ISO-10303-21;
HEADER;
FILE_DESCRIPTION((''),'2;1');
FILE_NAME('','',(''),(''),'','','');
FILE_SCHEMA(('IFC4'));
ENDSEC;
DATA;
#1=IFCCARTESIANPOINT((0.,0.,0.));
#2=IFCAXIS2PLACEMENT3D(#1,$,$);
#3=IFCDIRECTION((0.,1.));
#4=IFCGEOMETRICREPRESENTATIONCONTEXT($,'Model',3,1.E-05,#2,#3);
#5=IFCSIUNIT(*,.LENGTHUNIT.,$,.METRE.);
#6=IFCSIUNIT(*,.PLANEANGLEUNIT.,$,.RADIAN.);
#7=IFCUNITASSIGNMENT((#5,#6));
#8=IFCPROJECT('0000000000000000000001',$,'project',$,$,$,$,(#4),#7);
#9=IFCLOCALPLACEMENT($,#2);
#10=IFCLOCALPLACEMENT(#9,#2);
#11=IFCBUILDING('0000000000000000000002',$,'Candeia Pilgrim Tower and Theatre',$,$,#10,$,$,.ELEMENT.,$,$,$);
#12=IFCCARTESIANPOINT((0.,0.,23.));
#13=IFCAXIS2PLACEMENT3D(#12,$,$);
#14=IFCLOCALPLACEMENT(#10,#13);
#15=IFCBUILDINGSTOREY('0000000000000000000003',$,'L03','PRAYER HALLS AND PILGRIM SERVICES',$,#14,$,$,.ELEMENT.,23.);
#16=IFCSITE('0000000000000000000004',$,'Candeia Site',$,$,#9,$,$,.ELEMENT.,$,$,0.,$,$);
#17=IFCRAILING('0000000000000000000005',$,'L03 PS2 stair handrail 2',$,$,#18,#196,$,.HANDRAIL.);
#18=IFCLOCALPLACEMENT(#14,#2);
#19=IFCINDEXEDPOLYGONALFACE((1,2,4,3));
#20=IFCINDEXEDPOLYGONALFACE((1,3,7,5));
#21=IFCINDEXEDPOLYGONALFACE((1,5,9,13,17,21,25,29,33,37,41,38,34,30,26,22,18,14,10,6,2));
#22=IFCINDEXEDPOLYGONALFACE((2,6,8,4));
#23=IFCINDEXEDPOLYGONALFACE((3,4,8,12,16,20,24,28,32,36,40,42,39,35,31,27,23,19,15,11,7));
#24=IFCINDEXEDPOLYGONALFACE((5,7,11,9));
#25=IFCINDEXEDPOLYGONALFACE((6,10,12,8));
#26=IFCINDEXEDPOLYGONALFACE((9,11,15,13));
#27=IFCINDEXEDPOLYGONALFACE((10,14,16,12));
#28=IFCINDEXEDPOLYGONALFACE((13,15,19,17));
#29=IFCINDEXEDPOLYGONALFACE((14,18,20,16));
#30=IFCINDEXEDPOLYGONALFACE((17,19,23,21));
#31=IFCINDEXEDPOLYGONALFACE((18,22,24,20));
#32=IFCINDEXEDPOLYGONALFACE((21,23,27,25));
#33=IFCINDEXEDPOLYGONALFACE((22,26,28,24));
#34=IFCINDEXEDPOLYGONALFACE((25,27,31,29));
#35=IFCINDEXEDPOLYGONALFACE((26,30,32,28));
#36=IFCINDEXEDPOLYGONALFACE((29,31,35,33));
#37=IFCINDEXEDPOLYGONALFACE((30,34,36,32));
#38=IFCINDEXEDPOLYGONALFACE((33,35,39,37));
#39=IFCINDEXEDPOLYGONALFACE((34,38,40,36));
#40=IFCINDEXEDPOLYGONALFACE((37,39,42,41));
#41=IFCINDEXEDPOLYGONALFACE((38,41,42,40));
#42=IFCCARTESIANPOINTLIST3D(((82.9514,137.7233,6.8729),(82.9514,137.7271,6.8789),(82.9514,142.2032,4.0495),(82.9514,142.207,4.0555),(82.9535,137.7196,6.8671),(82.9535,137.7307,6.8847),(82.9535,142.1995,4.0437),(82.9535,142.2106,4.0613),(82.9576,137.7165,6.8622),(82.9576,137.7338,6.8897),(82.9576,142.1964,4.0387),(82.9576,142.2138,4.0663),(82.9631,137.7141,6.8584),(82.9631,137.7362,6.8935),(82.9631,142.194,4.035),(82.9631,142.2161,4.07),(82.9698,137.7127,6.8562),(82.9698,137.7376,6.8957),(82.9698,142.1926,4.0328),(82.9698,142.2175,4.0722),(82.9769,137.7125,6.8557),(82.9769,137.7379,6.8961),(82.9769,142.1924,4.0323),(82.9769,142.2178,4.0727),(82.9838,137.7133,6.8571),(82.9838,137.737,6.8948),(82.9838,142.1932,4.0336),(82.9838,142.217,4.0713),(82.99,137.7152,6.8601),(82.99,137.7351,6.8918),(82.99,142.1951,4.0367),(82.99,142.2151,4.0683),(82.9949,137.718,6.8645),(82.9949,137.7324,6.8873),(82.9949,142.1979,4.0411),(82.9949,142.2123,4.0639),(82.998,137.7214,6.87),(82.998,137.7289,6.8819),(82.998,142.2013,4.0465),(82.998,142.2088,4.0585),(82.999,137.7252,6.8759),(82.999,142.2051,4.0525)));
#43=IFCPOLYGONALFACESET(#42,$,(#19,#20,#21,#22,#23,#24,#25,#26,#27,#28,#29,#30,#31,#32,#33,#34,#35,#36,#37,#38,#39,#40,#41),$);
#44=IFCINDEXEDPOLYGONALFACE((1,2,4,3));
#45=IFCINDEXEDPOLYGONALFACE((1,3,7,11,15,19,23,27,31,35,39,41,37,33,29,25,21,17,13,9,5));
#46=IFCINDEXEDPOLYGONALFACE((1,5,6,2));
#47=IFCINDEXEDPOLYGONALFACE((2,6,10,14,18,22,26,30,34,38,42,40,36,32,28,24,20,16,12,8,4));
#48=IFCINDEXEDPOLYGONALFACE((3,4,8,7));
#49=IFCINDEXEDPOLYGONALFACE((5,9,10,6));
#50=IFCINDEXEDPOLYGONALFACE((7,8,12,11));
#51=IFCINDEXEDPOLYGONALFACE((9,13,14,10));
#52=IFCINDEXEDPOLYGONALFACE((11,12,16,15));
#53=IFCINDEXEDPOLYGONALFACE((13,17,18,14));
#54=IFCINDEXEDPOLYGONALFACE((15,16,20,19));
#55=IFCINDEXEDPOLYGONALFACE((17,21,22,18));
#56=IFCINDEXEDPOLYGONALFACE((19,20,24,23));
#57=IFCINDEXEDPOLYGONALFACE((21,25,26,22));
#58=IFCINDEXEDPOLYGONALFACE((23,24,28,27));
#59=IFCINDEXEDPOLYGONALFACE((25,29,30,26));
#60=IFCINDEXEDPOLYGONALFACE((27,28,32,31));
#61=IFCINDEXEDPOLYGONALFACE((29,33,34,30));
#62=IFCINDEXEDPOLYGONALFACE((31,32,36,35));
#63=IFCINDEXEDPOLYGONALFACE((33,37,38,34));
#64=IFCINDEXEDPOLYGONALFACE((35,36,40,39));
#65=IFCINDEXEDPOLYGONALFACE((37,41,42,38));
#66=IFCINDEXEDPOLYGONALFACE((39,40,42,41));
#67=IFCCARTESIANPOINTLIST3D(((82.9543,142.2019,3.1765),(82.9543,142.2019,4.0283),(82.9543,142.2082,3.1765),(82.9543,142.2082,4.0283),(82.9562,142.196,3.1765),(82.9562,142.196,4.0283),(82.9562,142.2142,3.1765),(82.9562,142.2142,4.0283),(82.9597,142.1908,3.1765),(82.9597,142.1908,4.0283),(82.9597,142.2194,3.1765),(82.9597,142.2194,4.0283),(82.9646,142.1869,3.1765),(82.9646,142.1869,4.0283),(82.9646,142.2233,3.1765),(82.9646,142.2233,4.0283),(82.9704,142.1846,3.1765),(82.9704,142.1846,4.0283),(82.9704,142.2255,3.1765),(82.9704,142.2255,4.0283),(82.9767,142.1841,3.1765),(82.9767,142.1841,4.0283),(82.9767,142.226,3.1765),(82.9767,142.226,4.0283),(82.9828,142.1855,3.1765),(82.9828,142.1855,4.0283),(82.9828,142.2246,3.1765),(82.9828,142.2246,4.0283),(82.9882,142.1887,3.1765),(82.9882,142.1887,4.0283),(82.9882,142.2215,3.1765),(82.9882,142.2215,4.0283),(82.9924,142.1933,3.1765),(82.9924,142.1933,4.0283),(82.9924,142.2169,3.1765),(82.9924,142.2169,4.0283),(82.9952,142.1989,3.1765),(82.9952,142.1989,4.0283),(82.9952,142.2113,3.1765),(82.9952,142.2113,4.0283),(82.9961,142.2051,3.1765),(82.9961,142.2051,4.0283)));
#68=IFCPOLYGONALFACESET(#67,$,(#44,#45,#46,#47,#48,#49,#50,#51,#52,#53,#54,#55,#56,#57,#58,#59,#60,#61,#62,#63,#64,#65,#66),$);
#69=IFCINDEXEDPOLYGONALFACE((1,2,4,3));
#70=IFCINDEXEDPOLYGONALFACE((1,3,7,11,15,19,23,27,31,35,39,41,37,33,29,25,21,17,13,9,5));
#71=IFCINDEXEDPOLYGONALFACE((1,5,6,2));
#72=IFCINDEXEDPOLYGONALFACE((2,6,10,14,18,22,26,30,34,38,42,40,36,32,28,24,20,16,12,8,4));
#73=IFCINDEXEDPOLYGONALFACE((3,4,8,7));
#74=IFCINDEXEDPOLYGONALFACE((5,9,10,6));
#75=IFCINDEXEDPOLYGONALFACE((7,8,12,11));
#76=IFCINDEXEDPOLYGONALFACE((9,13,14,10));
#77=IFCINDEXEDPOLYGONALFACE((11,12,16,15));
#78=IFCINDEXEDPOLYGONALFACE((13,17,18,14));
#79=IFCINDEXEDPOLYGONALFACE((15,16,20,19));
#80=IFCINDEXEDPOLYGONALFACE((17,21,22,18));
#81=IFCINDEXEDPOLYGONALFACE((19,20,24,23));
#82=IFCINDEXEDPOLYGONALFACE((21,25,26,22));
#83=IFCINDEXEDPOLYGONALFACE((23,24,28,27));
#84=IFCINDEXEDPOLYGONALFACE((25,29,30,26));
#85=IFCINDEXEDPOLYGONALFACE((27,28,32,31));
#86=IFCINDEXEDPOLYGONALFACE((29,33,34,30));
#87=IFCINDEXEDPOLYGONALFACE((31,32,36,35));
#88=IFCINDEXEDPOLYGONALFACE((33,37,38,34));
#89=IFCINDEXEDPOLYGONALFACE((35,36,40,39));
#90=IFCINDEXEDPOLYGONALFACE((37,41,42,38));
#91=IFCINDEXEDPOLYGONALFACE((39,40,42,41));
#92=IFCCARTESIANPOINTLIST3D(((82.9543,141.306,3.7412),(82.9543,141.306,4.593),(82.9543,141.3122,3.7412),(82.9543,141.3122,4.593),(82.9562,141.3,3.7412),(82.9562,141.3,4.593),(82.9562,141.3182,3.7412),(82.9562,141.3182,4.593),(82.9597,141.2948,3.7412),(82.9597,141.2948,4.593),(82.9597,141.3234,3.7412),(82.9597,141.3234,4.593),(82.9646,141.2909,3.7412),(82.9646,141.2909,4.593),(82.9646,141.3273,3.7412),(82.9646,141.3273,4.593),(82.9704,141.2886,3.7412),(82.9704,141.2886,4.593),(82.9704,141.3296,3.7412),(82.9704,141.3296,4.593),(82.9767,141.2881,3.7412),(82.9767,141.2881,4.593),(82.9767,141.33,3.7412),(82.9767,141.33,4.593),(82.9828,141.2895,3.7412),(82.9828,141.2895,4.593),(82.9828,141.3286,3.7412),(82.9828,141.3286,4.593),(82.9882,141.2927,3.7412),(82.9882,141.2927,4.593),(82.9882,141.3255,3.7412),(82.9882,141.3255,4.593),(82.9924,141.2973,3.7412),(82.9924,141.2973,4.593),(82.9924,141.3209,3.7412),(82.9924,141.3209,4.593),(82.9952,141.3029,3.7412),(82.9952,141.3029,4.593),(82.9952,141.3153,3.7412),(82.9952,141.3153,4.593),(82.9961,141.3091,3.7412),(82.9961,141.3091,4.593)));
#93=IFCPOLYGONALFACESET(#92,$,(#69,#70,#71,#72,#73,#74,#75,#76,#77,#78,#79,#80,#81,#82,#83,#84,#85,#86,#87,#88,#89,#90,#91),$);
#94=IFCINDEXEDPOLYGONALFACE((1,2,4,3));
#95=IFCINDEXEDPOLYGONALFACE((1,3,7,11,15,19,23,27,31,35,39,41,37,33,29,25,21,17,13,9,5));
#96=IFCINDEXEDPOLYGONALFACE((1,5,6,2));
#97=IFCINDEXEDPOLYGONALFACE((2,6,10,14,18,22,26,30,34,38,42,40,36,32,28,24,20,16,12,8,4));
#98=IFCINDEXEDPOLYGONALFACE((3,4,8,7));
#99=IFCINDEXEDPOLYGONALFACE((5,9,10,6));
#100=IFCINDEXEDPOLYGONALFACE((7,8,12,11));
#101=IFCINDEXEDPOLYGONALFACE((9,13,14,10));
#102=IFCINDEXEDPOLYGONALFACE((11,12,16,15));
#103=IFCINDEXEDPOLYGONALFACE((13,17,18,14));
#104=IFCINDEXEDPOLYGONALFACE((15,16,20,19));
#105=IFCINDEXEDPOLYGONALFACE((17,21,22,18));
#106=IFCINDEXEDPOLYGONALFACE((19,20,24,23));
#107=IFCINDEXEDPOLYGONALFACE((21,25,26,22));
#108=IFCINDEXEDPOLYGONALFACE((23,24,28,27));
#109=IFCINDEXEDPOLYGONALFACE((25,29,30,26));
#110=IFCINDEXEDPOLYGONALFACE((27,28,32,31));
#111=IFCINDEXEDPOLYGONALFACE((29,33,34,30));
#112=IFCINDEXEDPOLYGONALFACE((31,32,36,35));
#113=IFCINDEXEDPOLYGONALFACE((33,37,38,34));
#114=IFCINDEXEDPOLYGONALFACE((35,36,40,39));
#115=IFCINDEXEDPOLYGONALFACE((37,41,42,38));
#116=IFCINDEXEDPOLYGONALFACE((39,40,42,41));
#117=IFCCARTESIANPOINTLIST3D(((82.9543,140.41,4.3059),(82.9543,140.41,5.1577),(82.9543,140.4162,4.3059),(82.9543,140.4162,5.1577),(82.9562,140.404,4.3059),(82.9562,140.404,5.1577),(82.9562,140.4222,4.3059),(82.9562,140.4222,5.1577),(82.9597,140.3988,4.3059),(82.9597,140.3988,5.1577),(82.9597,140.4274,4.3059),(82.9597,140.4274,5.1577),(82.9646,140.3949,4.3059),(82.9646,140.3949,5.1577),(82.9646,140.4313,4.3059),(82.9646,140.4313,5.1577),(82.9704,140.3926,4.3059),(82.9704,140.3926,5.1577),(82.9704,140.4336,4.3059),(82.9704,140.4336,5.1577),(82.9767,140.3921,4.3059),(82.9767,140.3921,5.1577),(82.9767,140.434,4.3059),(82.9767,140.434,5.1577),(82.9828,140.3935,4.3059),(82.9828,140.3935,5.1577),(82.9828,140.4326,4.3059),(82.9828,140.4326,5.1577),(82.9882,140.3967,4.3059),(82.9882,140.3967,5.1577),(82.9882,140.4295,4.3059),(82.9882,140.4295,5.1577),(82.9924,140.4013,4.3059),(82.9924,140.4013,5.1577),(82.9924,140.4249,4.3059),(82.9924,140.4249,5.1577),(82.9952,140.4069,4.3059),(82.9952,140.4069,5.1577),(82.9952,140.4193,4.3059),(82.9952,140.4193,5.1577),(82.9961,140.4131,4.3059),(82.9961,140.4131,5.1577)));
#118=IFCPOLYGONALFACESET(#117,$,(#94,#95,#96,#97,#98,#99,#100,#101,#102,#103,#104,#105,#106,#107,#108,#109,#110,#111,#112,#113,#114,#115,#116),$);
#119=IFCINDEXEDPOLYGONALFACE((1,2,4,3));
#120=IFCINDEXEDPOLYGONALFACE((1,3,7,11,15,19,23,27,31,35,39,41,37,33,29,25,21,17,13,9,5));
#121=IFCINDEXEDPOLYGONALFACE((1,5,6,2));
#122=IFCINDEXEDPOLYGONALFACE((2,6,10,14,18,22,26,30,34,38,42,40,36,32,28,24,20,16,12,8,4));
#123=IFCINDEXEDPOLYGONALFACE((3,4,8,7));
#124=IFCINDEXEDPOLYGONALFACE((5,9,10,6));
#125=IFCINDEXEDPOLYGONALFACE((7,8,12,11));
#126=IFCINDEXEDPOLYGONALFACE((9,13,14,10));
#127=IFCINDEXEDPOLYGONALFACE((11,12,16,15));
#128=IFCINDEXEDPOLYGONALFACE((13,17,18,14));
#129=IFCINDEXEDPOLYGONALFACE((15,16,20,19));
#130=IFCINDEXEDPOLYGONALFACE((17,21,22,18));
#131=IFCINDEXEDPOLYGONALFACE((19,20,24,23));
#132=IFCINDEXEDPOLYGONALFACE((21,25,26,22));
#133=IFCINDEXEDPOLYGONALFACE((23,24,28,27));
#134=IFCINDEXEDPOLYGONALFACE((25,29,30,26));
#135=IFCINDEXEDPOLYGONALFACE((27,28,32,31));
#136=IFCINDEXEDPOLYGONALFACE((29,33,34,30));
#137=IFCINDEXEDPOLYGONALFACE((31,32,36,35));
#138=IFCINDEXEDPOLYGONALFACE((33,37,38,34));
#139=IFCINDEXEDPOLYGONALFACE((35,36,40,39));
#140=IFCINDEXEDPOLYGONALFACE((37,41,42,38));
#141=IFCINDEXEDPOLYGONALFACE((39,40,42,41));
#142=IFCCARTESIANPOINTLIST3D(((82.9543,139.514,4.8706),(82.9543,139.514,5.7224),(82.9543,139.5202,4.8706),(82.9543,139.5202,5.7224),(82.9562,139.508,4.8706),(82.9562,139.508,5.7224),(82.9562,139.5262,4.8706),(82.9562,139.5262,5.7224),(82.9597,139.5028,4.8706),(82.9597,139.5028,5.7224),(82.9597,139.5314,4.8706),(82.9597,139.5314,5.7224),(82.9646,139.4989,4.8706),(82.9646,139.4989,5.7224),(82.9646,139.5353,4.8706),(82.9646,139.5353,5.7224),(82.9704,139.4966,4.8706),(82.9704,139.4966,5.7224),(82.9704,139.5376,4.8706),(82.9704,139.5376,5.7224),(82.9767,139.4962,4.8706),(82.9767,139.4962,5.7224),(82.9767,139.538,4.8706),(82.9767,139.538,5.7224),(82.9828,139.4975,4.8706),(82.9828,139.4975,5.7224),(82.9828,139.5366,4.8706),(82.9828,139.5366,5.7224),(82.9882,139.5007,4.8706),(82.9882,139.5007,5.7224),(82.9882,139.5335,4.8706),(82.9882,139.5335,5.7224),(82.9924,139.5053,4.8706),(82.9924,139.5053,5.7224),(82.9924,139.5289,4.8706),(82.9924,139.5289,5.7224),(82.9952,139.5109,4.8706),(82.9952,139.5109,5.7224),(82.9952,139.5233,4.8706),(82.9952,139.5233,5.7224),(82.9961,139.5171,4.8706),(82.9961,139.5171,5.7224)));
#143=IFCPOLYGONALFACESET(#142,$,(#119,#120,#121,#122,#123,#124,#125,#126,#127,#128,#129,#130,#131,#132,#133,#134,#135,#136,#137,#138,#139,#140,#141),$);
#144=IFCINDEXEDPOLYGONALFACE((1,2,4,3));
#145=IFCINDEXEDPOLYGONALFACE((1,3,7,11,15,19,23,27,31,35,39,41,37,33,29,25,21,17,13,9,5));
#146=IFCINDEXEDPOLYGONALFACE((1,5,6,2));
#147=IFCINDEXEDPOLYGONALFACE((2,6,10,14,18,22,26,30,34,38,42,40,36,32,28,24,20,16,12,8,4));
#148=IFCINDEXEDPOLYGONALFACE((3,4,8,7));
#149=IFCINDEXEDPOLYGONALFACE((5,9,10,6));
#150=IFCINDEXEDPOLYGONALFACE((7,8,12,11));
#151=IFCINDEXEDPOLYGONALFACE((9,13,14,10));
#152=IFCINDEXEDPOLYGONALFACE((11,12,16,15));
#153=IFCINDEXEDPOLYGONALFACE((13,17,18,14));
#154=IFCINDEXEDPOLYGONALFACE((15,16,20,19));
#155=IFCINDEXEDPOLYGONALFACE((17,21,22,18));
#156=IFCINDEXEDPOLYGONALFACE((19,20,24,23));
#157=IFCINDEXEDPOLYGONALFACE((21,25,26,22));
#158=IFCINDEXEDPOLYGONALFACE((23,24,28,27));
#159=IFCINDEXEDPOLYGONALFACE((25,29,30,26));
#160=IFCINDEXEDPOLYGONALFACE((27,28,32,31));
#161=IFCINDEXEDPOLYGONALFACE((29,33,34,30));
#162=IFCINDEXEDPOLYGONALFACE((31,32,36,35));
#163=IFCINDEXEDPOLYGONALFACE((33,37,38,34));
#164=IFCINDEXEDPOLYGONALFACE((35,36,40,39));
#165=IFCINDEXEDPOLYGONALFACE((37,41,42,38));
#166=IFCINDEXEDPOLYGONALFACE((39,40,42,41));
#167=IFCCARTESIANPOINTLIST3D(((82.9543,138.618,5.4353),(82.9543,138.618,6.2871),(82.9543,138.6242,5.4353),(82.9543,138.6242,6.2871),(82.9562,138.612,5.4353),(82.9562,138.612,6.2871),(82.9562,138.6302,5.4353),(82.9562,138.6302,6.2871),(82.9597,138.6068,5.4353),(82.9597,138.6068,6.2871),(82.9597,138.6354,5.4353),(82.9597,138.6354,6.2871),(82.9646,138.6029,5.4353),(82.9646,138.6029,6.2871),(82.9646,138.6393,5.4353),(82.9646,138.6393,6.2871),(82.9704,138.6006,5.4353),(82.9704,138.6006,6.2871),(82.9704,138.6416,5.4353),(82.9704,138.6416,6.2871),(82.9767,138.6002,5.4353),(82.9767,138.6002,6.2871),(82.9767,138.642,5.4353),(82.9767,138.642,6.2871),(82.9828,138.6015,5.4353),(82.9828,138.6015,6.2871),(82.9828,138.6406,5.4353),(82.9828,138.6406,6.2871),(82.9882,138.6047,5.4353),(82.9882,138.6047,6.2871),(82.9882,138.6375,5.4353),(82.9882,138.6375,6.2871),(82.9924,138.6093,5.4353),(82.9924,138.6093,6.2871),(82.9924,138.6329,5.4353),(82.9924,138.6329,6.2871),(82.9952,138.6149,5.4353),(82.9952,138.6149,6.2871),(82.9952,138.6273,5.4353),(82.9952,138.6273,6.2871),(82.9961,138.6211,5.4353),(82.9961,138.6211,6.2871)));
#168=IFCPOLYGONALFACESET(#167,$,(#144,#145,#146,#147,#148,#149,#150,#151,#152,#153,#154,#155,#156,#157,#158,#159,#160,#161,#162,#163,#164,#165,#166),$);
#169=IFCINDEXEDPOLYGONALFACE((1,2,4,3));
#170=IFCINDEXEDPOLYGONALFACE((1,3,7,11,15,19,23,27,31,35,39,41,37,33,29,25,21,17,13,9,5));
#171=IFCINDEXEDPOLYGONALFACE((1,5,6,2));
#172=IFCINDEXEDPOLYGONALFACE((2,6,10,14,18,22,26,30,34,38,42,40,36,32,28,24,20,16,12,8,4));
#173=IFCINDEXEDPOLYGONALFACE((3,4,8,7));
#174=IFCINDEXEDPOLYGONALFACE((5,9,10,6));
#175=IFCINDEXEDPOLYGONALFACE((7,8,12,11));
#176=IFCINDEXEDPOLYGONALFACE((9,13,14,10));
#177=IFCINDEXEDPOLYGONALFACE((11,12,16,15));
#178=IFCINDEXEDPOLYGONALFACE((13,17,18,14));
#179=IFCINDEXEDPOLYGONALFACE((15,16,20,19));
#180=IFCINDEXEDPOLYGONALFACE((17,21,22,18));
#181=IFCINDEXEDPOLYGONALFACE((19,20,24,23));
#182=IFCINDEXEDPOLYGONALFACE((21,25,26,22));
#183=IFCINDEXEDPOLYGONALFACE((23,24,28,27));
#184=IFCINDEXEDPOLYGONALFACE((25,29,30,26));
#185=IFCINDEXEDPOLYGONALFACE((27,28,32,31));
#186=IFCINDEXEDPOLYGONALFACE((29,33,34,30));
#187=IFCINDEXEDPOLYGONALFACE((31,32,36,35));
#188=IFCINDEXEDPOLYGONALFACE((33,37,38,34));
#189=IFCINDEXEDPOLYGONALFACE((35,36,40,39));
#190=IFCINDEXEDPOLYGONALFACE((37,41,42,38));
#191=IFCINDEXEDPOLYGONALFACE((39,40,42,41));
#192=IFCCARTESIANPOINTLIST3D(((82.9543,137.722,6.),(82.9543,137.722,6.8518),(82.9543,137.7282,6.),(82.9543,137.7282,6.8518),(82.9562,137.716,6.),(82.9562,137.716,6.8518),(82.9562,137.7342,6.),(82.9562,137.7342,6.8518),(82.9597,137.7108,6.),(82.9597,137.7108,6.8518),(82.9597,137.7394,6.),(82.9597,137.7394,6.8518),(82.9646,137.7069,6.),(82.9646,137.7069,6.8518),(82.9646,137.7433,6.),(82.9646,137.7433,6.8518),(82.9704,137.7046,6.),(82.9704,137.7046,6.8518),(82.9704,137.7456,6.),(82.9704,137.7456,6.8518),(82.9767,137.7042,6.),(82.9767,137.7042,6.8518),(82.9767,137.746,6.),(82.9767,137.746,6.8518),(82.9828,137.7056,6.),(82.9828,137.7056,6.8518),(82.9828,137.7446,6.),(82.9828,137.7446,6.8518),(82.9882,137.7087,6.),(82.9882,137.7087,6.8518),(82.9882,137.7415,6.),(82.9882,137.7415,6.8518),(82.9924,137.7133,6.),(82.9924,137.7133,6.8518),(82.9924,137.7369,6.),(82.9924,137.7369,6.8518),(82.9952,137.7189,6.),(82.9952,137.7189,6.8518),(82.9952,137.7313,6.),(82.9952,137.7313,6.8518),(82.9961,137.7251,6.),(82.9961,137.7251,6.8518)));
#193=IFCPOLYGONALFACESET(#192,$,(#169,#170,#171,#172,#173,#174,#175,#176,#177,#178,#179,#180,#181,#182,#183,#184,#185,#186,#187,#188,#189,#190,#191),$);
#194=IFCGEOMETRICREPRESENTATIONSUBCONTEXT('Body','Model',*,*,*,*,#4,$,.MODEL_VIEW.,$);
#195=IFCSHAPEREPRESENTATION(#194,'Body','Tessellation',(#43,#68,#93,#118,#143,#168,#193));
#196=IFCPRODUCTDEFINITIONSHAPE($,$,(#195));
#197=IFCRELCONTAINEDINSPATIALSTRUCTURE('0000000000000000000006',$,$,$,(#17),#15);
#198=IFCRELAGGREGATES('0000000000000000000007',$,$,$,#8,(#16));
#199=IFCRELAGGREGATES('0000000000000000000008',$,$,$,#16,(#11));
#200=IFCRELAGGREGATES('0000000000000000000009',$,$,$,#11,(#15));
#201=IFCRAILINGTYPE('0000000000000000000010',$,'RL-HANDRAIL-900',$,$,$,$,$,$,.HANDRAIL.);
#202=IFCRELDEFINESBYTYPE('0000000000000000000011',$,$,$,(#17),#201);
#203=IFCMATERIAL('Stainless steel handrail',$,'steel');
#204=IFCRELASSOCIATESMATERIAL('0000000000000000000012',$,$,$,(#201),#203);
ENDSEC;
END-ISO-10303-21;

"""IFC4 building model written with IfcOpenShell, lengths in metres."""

from ifc_helpers import new_model, si_unit, direction, frame, origin, origin_2d, place, context, subcontext, project, spatial, circle, extrude, material, type_object, element, save


model = new_model("IFC4")

# Units and contexts
model_context = context("Model", 3, precision=1e-05, world=origin(), true_north=direction((0.0, 1.0)))
body_context = subcontext(model_context, "Body", "Model", "MODEL_VIEW")
ifc_project = project(units=[si_unit("LENGTHUNIT", "METRE"), si_unit("PLANEANGLEUNIT", "RADIAN")], contexts=[model_context])

# Site, building, storey
site_placement = place(None, origin())
site = spatial("IfcSite", under=ifc_project, at=site_placement, Name="Candeia Site", CompositionType="ELEMENT", RefElevation=0.0)
building_placement = place(site_placement, origin())
building = spatial("IfcBuilding", under=site, at=building_placement, Name="Candeia Pilgrim Tower and Theatre", CompositionType="ELEMENT")
storey_placement = place(building_placement, frame((0.0, 0.0, 23.0)))
storey = spatial("IfcBuildingStorey", under=building, at=storey_placement, Name="L03", Description="PRAYER HALLS AND PILGRIM SERVICES", CompositionType="ELEMENT", Elevation=23.0)

# Railing
ifc_material_1 = material(Name="Stainless steel handrail", Category="steel")
railing_type_1 = type_object("IfcRailingType", Name="RL-HANDRAIL-900", PredefinedType="HANDRAIL", material=ifc_material_1)
railing_1_placement = place(storey_placement, frame((82.9751, 142.2051, 3.1765)))
element("IfcRailing", 1, at=railing_1_placement, inside=storey, type_object=railing_type_1, Name="L03 PS2 stair handrail 2", PredefinedType="HANDRAIL", context=body_context, shape_type="SweptSolid", body=[
    extrude(circle(Radius=0.0239, at=origin_2d()), frame((0.0, 0.0, 0.876), z_axis=(0.0, -0.845998, 0.533186), x_axis=(1.0, 0.0, 0.0)), (0.0, 0.0, 1.0), 5.2954),
    extrude(circle(Radius=0.021, at=origin_2d()), origin(), (0.0, 0.0, 1.0), 0.8518),
    extrude(circle(Radius=0.021, at=origin_2d()), frame((0.0, -0.896, 0.5647)), (0.0, 0.0, 1.0), 0.8518),
    extrude(circle(Radius=0.021, at=origin_2d()), frame((0.0, -1.792, 1.1294)), (0.0, 0.0, 1.0), 0.8518),
    extrude(circle(Radius=0.021, at=origin_2d()), frame((0.0, -2.688, 1.6941)), (0.0, 0.0, 1.0), 0.8518),
    extrude(circle(Radius=0.021, at=origin_2d()), frame((0.0, -3.584, 2.2588)), (0.0, 0.0, 1.0), 0.8518),
    extrude(circle(Radius=0.021, at=origin_2d()), frame((0.0, -4.48, 2.8235)), (0.0, 0.0, 1.0), 0.8518),
])

save(model, "model.ifc")
